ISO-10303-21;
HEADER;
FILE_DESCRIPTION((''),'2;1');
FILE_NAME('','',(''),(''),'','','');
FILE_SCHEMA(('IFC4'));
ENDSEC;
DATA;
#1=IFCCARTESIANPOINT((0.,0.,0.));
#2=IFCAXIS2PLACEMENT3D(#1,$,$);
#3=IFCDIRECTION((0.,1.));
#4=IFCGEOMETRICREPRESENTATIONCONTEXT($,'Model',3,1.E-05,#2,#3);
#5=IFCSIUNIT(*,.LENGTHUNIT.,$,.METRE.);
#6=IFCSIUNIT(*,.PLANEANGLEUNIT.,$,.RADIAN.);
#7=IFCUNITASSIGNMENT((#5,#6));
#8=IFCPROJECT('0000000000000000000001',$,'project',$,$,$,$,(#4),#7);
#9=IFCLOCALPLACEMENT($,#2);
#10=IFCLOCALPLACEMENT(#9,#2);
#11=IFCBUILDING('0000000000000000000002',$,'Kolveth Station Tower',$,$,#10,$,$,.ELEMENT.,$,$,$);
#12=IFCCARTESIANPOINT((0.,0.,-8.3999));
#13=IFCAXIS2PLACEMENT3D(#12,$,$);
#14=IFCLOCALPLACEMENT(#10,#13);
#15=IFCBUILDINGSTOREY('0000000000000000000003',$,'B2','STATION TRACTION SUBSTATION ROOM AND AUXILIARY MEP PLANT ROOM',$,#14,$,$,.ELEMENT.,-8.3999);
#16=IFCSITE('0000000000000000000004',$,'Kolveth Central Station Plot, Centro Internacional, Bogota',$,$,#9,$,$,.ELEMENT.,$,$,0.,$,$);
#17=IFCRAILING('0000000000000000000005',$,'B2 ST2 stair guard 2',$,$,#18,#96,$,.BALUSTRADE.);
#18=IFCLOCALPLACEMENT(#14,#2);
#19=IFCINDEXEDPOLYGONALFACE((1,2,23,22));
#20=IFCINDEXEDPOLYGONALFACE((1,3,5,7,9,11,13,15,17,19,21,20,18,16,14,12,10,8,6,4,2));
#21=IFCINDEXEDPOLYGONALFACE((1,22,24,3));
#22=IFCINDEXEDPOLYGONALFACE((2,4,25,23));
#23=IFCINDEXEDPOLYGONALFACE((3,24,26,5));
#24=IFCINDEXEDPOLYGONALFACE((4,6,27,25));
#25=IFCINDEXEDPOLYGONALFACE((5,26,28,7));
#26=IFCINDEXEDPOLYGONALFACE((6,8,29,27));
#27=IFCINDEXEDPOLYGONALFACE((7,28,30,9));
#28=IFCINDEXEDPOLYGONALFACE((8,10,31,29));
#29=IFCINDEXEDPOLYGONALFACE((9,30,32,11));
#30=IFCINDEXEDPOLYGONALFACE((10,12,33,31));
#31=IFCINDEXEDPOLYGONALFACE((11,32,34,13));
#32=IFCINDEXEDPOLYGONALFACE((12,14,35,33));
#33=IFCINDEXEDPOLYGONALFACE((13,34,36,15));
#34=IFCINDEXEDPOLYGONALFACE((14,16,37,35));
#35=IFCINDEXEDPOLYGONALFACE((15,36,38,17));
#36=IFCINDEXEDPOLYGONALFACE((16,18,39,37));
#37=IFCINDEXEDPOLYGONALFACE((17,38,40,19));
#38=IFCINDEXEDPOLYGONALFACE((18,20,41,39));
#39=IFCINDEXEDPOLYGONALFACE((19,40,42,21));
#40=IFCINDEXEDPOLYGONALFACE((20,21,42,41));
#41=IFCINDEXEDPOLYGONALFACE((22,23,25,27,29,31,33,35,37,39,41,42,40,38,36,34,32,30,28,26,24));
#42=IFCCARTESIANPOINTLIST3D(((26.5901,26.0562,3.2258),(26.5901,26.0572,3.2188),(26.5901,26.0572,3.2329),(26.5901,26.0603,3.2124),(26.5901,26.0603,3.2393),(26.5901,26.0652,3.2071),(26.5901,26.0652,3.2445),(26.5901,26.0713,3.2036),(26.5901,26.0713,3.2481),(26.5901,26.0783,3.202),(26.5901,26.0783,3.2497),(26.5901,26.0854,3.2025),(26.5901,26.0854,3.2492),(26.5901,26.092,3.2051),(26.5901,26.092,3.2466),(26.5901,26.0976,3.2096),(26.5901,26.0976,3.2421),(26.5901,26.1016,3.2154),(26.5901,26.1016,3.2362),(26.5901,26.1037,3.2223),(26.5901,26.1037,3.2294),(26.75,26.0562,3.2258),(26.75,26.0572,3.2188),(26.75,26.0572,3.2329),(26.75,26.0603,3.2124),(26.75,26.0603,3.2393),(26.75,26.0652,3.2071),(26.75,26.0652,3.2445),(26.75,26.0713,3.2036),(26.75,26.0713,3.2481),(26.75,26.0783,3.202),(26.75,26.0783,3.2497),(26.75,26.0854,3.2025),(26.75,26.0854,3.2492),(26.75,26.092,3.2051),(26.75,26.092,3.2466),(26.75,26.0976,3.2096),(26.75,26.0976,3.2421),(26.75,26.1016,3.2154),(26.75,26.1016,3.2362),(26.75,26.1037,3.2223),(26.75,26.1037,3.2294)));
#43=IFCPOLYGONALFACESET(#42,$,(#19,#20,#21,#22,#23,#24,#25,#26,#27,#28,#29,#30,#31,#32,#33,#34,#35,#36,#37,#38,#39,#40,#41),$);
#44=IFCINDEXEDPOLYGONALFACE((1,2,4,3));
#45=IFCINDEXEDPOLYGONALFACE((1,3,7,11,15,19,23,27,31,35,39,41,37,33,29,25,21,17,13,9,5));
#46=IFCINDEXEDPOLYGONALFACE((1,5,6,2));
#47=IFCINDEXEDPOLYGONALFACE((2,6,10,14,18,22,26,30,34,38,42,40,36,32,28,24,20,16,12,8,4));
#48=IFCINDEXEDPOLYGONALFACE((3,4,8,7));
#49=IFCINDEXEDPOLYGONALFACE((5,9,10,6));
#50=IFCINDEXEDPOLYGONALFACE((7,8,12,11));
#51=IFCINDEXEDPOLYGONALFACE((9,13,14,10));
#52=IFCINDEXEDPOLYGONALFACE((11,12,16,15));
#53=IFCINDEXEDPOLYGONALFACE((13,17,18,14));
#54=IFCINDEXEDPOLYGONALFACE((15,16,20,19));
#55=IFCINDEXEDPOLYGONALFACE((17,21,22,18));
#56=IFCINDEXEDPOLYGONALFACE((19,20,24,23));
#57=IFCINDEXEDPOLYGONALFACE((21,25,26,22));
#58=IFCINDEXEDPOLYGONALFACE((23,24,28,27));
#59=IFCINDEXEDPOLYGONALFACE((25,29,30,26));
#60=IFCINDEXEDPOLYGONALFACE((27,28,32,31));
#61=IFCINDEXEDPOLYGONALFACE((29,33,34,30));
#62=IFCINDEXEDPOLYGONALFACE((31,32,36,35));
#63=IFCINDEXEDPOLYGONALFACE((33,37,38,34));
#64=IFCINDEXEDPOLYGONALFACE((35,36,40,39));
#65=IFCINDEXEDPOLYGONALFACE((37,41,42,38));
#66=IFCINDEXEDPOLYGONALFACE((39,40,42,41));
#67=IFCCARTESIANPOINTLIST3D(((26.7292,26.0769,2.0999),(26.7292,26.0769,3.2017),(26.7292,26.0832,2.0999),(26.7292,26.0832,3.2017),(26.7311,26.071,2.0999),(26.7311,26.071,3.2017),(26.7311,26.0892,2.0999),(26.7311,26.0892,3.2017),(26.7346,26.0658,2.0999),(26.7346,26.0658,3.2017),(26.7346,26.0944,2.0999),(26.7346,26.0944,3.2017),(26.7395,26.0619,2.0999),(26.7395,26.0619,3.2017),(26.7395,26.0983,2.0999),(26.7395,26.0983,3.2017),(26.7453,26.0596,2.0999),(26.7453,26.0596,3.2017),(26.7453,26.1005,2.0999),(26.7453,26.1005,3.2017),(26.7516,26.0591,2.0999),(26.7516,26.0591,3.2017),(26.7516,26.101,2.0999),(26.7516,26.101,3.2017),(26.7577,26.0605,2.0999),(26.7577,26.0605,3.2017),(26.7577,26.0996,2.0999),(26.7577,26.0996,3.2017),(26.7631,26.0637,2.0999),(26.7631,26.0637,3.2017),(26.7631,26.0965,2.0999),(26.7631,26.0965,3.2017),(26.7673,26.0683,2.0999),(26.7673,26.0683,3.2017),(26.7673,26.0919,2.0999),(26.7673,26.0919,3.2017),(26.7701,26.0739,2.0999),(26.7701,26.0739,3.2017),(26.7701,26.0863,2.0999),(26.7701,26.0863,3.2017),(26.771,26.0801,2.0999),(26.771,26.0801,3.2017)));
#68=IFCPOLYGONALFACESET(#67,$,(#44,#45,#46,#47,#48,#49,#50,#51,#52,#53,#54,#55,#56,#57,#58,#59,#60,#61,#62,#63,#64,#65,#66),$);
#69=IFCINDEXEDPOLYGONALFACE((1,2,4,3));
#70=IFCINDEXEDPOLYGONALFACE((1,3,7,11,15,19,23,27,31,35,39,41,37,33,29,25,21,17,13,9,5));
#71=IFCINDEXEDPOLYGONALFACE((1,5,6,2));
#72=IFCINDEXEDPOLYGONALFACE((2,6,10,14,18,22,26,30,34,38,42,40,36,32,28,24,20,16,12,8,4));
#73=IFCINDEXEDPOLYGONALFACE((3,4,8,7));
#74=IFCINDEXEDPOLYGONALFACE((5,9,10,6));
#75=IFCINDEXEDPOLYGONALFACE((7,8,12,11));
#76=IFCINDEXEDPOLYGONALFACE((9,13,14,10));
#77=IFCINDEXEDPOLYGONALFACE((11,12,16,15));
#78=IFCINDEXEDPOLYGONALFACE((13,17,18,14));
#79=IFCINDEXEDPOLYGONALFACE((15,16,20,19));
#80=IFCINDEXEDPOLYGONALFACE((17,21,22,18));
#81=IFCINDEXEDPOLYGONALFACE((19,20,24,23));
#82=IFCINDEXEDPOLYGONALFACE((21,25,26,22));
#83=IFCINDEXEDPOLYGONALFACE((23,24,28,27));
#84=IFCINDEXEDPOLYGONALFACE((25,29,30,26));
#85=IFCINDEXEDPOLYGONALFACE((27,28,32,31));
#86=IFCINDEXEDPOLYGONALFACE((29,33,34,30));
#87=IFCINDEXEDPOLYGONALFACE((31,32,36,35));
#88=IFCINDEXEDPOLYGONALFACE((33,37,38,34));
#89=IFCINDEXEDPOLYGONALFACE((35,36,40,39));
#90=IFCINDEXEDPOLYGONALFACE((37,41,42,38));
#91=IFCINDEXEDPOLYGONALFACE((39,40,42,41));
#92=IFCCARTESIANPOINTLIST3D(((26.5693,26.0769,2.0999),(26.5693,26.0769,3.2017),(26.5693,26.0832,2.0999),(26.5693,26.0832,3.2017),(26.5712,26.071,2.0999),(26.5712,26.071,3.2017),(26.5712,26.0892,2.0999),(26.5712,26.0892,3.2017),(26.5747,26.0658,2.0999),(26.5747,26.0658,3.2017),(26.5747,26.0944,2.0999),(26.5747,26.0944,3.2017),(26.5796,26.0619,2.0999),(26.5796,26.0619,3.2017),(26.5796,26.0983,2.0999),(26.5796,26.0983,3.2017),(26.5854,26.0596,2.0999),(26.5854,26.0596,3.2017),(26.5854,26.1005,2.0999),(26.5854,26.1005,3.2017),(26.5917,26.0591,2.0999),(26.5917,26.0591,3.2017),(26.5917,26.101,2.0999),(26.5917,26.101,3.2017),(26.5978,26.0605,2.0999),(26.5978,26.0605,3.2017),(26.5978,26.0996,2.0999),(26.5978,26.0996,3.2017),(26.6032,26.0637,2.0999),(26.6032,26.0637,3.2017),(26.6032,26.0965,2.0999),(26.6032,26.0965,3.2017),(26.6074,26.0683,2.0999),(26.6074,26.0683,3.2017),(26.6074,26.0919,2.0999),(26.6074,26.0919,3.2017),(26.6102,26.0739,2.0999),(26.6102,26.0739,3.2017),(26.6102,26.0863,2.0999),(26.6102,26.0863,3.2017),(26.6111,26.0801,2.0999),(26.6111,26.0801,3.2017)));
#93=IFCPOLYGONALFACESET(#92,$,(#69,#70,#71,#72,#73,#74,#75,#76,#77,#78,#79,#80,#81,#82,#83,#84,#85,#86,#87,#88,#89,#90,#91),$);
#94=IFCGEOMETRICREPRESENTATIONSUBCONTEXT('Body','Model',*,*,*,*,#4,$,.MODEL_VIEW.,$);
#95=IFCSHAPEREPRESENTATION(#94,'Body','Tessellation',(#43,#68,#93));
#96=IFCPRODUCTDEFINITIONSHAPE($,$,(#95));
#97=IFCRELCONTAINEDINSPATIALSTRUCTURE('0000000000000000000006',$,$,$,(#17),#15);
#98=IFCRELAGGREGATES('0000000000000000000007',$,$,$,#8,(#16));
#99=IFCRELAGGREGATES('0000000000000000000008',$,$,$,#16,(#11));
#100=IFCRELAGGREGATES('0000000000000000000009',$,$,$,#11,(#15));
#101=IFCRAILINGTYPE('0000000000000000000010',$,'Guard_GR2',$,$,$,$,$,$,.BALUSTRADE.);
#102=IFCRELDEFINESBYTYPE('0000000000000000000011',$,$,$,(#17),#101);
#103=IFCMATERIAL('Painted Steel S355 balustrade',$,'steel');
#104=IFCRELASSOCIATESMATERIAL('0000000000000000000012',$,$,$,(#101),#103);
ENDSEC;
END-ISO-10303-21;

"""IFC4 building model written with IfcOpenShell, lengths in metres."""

from ifc_helpers import new_model, si_unit, direction, frame, origin, origin_2d, place, context, subcontext, project, spatial, circle, extrude, material, type_object, element, save


model = new_model("IFC4")

# Units and contexts
model_context = context("Model", 3, precision=1e-05, world=origin(), true_north=direction((0.0, 1.0)))
body_context = subcontext(model_context, "Body", "Model", "MODEL_VIEW")
ifc_project = project(units=[si_unit("LENGTHUNIT", "METRE"), si_unit("PLANEANGLEUNIT", "RADIAN")], contexts=[model_context])

# Site, building, storey
site_placement = place(None, origin())
site = spatial("IfcSite", under=ifc_project, at=site_placement, Name="Kolveth Central Station Plot, Centro Internacional, Bogota", CompositionType="ELEMENT", RefElevation=0.0)
building_placement = place(site_placement, origin())
building = spatial("IfcBuilding", under=site, at=building_placement, Name="Kolveth Station Tower", CompositionType="ELEMENT")
storey_placement = place(building_placement, frame((0.0, 0.0, -8.3999)))
storey = spatial("IfcBuildingStorey", under=building, at=storey_placement, Name="B2", Description="STATION TRACTION SUBSTATION ROOM AND AUXILIARY MEP PLANT ROOM", CompositionType="ELEMENT", Elevation=-8.3999)

# Railing
ifc_material_1 = material(Name="Painted Steel S355 balustrade", Category="steel")
railing_type_1 = type_object("IfcRailingType", Name="Guard_GR2", PredefinedType="BALUSTRADE", material=ifc_material_1)
railing_1_placement = place(storey_placement, frame((26.75, 26.0801, 2.0999)))
element("IfcRailing", 1, at=railing_1_placement, inside=storey, type_object=railing_type_1, Name="B2 ST2 stair guard 2", PredefinedType="BALUSTRADE", context=body_context, shape_type="SweptSolid", body=[
    extrude(circle(Radius=0.0239, at=origin_2d()), frame((0.0, 0.0, 1.126), z_axis=(-1.0, 0.0, 0.0), x_axis=(0.0, -1.0, 0.0)), (0.0, 0.0, 1.0), 0.1599),
    extrude(circle(Radius=0.021, at=origin_2d()), origin(), (0.0, 0.0, 1.0), 1.1018),
    extrude(circle(Radius=0.021, at=origin_2d()), frame((-0.1599, 0.0, 0.0)), (0.0, 0.0, 1.0), 1.1018),
])

save(model, "model.ifc")
